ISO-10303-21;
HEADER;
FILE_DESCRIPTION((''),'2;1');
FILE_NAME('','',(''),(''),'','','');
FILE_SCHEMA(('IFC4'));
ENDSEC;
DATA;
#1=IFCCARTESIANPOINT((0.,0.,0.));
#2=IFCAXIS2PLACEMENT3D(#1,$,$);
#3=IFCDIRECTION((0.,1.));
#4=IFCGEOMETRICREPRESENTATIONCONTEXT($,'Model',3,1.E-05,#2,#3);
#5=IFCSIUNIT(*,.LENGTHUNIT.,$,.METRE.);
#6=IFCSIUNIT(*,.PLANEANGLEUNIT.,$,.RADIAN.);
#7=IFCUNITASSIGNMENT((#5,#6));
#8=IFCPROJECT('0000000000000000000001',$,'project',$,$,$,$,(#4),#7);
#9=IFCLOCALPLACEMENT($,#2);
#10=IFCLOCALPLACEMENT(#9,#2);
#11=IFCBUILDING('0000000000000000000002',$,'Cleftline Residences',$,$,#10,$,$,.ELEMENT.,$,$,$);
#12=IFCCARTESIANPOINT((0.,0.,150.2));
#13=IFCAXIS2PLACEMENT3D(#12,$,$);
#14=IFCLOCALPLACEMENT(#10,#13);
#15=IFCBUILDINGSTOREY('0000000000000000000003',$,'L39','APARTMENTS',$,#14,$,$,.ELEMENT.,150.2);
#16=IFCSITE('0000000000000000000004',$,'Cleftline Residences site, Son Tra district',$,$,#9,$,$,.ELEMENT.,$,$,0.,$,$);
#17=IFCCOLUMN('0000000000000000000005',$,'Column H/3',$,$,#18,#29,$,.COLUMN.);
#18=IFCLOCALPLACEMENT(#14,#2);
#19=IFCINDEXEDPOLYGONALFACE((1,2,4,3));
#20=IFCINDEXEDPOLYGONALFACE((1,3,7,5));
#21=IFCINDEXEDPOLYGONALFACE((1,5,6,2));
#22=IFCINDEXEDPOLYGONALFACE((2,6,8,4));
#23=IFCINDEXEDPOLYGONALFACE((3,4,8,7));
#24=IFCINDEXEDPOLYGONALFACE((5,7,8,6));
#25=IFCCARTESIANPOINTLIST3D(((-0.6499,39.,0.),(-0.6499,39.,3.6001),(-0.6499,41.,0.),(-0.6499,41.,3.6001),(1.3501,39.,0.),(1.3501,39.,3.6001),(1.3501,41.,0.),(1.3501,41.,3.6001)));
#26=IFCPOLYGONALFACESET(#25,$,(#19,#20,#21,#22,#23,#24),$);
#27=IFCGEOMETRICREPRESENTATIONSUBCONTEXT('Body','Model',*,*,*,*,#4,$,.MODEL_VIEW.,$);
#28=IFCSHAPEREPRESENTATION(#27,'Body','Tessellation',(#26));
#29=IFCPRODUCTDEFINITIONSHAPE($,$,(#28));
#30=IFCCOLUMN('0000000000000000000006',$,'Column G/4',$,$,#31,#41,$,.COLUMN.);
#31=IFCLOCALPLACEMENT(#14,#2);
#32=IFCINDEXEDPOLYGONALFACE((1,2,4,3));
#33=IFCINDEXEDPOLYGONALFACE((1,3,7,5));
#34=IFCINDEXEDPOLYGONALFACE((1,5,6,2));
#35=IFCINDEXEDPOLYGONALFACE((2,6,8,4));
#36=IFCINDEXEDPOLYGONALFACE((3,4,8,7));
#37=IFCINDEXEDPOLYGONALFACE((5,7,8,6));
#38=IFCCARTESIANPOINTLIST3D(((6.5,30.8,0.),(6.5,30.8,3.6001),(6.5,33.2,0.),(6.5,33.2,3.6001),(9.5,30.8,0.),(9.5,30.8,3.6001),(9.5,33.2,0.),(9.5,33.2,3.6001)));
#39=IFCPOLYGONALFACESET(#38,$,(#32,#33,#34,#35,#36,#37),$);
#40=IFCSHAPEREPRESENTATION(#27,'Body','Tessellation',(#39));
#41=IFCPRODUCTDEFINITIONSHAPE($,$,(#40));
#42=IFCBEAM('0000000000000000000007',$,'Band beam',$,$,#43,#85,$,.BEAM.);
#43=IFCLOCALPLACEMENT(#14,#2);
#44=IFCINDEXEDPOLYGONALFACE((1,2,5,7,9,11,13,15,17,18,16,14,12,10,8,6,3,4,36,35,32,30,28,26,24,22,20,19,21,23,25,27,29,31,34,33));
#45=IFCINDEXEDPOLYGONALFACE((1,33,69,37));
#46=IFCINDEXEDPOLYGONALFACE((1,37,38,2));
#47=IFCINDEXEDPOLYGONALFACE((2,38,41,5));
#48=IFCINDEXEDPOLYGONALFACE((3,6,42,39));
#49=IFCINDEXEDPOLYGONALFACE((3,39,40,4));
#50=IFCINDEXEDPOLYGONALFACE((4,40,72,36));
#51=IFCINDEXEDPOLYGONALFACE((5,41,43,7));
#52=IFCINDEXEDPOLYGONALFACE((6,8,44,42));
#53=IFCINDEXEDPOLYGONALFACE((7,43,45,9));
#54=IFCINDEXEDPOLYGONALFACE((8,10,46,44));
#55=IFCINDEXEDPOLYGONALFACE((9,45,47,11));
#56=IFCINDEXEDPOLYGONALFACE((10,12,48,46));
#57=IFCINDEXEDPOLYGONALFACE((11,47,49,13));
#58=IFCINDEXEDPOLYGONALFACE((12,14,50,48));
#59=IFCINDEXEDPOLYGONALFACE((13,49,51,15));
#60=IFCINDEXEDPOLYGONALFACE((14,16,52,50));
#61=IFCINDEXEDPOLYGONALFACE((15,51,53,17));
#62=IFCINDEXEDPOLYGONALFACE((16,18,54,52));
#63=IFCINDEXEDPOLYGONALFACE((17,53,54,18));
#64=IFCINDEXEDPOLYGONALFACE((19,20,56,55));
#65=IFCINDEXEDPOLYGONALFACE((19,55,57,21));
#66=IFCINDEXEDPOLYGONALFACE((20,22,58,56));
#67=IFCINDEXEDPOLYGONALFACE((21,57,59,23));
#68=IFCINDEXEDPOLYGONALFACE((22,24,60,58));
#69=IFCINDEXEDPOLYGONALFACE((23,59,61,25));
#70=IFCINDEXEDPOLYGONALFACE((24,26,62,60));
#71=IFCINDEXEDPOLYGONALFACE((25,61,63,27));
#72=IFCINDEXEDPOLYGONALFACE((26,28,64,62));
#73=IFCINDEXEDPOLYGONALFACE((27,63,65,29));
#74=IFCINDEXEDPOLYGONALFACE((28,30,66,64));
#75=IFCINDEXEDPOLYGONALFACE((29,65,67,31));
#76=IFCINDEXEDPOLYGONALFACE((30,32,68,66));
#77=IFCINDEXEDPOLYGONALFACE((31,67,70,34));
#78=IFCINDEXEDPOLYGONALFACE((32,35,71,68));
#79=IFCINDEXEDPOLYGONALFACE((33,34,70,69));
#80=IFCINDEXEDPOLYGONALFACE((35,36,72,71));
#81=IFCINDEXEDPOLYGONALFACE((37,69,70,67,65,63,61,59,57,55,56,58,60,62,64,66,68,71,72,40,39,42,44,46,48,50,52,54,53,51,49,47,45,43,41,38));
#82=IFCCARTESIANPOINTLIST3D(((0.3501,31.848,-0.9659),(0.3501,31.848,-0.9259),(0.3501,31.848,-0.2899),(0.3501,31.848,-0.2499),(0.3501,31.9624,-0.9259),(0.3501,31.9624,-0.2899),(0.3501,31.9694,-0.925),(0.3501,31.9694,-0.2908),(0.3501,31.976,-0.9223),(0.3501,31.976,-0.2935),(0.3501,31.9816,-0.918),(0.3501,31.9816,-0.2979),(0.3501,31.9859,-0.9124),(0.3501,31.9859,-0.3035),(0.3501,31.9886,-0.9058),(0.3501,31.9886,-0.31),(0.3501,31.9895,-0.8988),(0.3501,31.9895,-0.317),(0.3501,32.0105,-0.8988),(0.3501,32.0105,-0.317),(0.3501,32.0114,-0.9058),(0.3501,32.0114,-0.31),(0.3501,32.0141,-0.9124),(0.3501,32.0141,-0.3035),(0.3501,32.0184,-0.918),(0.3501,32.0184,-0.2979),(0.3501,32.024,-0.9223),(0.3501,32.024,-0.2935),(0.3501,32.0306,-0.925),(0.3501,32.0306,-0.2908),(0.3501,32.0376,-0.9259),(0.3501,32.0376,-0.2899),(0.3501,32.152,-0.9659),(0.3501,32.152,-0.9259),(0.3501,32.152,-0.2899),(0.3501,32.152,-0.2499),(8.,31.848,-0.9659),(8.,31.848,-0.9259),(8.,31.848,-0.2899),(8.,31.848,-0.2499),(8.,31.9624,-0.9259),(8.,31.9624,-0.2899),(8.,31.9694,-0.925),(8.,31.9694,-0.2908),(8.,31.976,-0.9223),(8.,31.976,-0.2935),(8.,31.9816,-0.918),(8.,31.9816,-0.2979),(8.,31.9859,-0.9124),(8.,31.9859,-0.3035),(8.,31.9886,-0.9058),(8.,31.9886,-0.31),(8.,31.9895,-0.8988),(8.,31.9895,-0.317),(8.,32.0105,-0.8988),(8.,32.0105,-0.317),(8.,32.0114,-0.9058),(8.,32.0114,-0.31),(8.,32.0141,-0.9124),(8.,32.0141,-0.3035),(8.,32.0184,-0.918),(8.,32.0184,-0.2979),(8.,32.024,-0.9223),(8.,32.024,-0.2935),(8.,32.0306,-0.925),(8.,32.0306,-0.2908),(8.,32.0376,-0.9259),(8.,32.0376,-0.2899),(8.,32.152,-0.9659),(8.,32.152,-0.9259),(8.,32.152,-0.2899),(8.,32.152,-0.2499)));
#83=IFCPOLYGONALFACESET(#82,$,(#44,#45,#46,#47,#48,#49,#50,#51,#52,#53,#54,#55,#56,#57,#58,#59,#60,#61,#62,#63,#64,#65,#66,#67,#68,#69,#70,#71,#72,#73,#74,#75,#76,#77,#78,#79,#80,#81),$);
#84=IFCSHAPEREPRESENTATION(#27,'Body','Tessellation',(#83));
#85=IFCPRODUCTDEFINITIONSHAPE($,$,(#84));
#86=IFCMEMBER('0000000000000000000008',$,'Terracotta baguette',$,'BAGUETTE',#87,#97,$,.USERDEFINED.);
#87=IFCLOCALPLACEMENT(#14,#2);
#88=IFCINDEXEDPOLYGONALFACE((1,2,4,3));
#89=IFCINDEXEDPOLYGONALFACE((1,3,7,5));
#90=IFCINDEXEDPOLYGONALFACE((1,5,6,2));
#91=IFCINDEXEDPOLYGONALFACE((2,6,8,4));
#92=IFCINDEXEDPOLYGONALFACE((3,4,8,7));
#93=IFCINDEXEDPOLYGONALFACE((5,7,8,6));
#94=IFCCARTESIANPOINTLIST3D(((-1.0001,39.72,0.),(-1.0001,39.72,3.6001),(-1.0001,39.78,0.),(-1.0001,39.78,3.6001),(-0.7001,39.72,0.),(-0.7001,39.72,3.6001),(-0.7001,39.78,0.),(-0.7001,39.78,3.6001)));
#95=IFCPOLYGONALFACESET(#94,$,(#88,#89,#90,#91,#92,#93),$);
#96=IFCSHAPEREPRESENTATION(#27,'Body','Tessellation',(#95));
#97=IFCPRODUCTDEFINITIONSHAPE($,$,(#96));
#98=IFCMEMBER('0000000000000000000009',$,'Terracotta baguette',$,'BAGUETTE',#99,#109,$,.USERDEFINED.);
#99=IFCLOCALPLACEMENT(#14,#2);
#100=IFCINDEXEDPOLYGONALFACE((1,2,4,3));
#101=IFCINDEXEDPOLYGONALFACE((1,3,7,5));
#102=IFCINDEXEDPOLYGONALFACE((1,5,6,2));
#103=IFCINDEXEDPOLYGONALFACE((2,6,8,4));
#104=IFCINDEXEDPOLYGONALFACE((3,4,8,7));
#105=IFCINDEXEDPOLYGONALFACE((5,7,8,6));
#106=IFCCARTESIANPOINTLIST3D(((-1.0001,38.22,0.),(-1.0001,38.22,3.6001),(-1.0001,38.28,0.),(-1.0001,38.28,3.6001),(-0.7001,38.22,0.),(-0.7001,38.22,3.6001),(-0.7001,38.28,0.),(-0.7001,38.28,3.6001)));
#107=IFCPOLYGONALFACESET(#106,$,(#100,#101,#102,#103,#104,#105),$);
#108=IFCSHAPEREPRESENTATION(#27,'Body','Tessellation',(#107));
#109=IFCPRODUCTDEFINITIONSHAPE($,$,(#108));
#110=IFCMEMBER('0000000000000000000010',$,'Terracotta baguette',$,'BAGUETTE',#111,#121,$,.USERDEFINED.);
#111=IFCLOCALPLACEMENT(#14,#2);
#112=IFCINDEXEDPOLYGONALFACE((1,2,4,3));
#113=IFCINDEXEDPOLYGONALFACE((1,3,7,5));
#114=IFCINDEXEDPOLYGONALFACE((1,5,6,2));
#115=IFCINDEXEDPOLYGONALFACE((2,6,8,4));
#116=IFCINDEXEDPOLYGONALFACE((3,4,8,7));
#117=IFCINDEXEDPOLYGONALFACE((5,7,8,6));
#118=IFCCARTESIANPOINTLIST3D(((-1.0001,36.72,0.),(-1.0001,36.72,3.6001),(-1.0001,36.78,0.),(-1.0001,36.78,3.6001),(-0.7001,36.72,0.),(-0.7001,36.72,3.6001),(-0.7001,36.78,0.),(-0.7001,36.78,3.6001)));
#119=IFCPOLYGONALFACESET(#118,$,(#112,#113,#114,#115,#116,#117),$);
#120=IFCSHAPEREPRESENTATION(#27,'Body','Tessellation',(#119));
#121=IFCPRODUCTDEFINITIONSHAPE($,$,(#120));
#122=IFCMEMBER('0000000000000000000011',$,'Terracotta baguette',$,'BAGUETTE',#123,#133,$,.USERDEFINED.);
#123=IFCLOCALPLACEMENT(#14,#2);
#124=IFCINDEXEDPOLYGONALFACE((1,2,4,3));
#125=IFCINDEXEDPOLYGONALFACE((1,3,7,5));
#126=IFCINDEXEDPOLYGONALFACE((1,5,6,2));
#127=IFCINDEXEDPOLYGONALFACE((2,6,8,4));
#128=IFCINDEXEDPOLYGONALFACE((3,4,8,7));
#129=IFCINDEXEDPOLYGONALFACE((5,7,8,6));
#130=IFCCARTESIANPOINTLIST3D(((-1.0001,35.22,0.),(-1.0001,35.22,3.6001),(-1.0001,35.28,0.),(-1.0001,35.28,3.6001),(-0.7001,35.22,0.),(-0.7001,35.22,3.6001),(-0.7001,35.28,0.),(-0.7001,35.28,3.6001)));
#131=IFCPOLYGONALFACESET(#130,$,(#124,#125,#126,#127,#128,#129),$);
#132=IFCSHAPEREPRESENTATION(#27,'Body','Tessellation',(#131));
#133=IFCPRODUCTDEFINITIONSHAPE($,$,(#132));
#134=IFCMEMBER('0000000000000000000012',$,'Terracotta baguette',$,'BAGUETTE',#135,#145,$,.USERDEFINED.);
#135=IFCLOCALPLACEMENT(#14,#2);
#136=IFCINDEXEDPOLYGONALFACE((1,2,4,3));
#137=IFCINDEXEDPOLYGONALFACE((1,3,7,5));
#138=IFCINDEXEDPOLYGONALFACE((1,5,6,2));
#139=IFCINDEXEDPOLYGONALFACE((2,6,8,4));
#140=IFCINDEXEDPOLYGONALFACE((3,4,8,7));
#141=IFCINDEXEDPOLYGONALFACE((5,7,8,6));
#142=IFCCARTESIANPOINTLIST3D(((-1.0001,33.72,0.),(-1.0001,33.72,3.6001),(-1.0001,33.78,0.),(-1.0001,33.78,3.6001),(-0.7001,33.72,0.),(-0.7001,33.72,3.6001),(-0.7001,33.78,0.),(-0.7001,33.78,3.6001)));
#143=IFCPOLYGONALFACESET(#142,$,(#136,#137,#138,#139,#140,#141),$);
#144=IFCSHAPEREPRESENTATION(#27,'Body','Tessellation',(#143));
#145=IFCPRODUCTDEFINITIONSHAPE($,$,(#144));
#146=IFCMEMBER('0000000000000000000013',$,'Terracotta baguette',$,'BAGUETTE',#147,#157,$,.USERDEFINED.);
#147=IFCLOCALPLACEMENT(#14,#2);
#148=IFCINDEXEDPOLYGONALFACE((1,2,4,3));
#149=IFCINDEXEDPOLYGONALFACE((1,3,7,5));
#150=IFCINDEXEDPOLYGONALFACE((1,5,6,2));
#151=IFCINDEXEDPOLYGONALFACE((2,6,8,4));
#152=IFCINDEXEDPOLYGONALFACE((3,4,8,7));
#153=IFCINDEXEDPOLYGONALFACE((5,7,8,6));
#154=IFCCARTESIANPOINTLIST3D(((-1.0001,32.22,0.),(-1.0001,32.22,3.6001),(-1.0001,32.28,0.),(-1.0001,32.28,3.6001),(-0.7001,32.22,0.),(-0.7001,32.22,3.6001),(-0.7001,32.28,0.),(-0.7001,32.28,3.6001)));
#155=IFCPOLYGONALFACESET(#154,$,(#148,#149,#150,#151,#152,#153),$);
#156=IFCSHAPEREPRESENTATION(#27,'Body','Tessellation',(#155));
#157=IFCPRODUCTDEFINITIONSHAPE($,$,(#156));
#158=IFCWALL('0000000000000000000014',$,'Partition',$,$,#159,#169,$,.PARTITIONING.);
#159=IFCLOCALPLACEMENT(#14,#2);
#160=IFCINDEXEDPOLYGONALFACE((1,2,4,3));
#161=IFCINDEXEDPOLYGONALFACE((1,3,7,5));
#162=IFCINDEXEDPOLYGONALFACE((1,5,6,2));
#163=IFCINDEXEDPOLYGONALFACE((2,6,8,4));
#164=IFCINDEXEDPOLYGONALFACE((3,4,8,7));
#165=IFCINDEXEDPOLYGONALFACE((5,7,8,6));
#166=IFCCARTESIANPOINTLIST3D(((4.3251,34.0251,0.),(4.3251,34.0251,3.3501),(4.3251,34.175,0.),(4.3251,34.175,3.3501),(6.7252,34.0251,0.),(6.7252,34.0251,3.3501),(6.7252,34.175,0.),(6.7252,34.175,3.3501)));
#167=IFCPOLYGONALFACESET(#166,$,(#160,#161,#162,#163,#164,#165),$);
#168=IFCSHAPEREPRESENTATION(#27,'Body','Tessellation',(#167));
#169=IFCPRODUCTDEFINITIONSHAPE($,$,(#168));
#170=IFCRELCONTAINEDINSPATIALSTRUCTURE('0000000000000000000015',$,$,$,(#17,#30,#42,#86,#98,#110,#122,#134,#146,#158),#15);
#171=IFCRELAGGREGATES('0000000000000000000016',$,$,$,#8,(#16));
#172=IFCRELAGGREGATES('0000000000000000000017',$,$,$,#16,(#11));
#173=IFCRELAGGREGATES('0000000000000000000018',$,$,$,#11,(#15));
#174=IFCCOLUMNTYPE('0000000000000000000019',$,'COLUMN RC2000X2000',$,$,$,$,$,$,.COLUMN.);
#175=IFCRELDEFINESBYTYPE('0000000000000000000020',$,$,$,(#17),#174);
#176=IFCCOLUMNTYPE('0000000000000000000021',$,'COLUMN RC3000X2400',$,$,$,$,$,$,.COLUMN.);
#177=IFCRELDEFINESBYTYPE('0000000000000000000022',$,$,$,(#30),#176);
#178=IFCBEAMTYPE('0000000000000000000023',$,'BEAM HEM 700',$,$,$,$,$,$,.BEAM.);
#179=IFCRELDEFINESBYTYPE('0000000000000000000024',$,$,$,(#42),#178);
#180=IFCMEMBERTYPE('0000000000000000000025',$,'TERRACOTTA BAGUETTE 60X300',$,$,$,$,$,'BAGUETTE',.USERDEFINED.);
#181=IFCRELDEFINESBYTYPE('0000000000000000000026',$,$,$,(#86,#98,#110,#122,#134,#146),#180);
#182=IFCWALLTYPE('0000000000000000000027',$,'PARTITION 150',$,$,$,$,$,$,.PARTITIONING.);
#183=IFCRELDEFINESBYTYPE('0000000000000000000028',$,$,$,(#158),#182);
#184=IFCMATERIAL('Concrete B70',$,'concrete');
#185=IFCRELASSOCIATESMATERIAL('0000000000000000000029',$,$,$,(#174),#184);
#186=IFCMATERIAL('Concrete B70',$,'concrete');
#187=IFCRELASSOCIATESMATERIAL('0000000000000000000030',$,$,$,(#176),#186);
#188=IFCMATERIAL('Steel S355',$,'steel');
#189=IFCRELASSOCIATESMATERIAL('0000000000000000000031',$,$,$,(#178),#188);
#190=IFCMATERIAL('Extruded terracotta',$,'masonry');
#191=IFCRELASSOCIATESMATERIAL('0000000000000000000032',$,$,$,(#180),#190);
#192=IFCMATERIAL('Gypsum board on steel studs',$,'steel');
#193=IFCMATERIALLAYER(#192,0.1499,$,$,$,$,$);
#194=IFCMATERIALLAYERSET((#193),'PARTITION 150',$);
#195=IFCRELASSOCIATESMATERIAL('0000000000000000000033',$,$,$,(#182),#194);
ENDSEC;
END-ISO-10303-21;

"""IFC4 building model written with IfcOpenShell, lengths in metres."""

from ifc_helpers import new_model, si_unit, direction, frame, frame_2d, origin, origin_2d, place, context, subcontext, project, spatial, rectangle, i_section, extrude, material, layer, layer_set, material_profile, profile_set, type_object, element, save


model = new_model("IFC4")

# Units and contexts
model_context = context("Model", 3, precision=1e-05, world=origin(), true_north=direction((0.0, 1.0)))
body_context = subcontext(model_context, "Body", "Model", "MODEL_VIEW")
ifc_project = project(units=[si_unit("LENGTHUNIT", "METRE"), si_unit("PLANEANGLEUNIT", "RADIAN")], contexts=[model_context])

# Site, building, storey
site_placement = place(None, origin())
site = spatial("IfcSite", under=ifc_project, at=site_placement, Name="Cleftline Residences site, Son Tra district", CompositionType="ELEMENT", RefElevation=0.0)
building_placement = place(site_placement, origin())
building = spatial("IfcBuilding", under=site, at=building_placement, Name="Cleftline Residences", CompositionType="ELEMENT")
storey_placement = place(building_placement, frame((0.0, 0.0, 150.2)))
storey = spatial("IfcBuildingStorey", under=building, at=storey_placement, Name="L39", Description="APARTMENTS", CompositionType="ELEMENT", Elevation=150.2)

# Columns
ifc_material_1 = material(Name="Concrete B70", Category="concrete")
ifc_material_profile_1 = material_profile(ifc_material_1, rectangle(XDim=2.0, YDim=2.0, at=origin_2d()))
ifc_profile_set_1 = profile_set([ifc_material_profile_1], Name="Concrete B70")
column_type_1 = type_object("IfcColumnType", Name="COLUMN RC2000X2000", PredefinedType="COLUMN", material=ifc_profile_set_1)
column_1_placement = place(storey_placement, frame((0.3501, 40.0, 0.0), z_axis=(0.0, 0.0, 1.0), x_axis=(1.0, 0.0, 0.0)))
element("IfcColumn", 1, at=column_1_placement, inside=storey, type_object=column_type_1, Name="Column H/3", PredefinedType="COLUMN", context=body_context, shape_type="SweptSolid", body=[
    extrude(rectangle(XDim=2.0, YDim=2.0, at=origin_2d()), origin(), (0.0, 0.0, 1.0), 3.6001),
])
ifc_material_2 = material(Name="Concrete B70", Category="concrete")
ifc_material_profile_2 = material_profile(ifc_material_2, rectangle(XDim=3.0, YDim=2.3999, at=origin_2d()))
ifc_profile_set_2 = profile_set([ifc_material_profile_2], Name="Concrete B70")
column_type_2 = type_object("IfcColumnType", Name="COLUMN RC3000X2400", PredefinedType="COLUMN", material=ifc_profile_set_2)
column_2_placement = place(storey_placement, frame((8.0, 32.0, 0.0), z_axis=(0.0, 0.0, 1.0), x_axis=(1.0, 0.0, 0.0)))
element("IfcColumn", 2, at=column_2_placement, inside=storey, type_object=column_type_2, Name="Column G/4", PredefinedType="COLUMN", context=body_context, shape_type="SweptSolid", body=[
    extrude(rectangle(XDim=3.0, YDim=2.3999, at=origin_2d()), origin(), (0.0, 0.0, 1.0), 3.6001),
])

# Beam
ifc_material_3 = material(Name="Steel S355", Category="steel")
ifc_material_profile_3 = material_profile(ifc_material_3, i_section(OverallWidth=0.304, OverallDepth=0.7161, WebThickness=0.021, FlangeThickness=0.04, FilletRadius=0.0271, at=origin_2d()))
ifc_profile_set_3 = profile_set([ifc_material_profile_3], Name="Steel S355")
beam_type = type_object("IfcBeamType", Name="BEAM HEM 700", PredefinedType="BEAM", material=ifc_profile_set_3)
beam_placement = place(storey_placement, frame((0.3501, 32.0, -0.6079), z_axis=(1.0, 0.0, 0.0), x_axis=(0.0, 1.0, 0.0)))
element("IfcBeam", 3, at=beam_placement, inside=storey, type_object=beam_type, Name="Band beam", PredefinedType="BEAM", context=body_context, shape_type="SweptSolid", body=[
    extrude(i_section(OverallWidth=0.304, OverallDepth=0.7161, WebThickness=0.021, FlangeThickness=0.04, FilletRadius=0.0271, at=origin_2d()), origin(), (0.0, 0.0, 1.0), 7.6499),
])

# Members
ifc_material_4 = material(Name="Extruded terracotta", Category="masonry")
ifc_material_profile_4 = material_profile(ifc_material_4, rectangle(XDim=0.0601, YDim=0.3, at=origin_2d()))
ifc_profile_set_4 = profile_set([ifc_material_profile_4], Name="Extruded terracotta")
member_type = type_object("IfcMemberType", Name="TERRACOTTA BAGUETTE 60X300", ElementType="BAGUETTE", PredefinedType="USERDEFINED", material=ifc_profile_set_4)
for number, where, z_axis, x_axis, name in (
    (4, (-0.8501, 39.75, 0.0), (0.0, 0.0, 1.0), (0.0, 1.0, 0.0), "Terracotta baguette"),
    (5, (-0.8501, 38.25, 0.0), (0.0, 0.0, 1.0), (0.0, 1.0, 0.0), "Terracotta baguette"),
    (6, (-0.8501, 36.75, 0.0), (0.0, 0.0, 1.0), (0.0, 1.0, 0.0), "Terracotta baguette"),
    (7, (-0.8501, 35.25, 0.0), (0.0, 0.0, 1.0), (0.0, 1.0, 0.0), "Terracotta baguette"),
    (8, (-0.8501, 33.75, 0.0), (0.0, 0.0, 1.0), (0.0, 1.0, 0.0), "Terracotta baguette"),
    (9, (-0.8501, 32.25, 0.0), (0.0, 0.0, 1.0), (0.0, 1.0, 0.0), "Terracotta baguette"),
):
    element("IfcMember", number, at=place(storey_placement, frame(where, z_axis=z_axis, x_axis=x_axis)), inside=storey, type_object=member_type, Name=name, ObjectType="BAGUETTE", PredefinedType="USERDEFINED", context=body_context, shape_type="SweptSolid", body=[
        extrude(rectangle(XDim=0.0601, YDim=0.3, at=origin_2d()), origin(), (0.0, 0.0, 1.0), 3.6001),
    ])

# Wall
ifc_material_5 = material(Name="Gypsum board on steel studs", Category="steel")
ifc_layer = layer(ifc_material_5, 0.1499)
ifc_layer_set = layer_set([ifc_layer], Name="PARTITION 150")
wall_type = type_object("IfcWallType", Name="PARTITION 150", PredefinedType="PARTITIONING", material=ifc_layer_set)
wall_1_placement = place(storey_placement, frame((4.325, 34.1001, 0.0), z_axis=(0.0, 0.0, 1.0), x_axis=(1.0, 0.0, 0.0)))
element("IfcWall", 10, at=wall_1_placement, inside=storey, type_object=wall_type, Name="Partition", PredefinedType="PARTITIONING", context=body_context, shape_type="SweptSolid", body=[
    extrude(rectangle(XDim=2.4001, YDim=0.1499, at=frame_2d((1.2002, 0.0))), origin(), (0.0, 0.0, 1.0), 3.3501),
])

save(model, "model.ifc")
